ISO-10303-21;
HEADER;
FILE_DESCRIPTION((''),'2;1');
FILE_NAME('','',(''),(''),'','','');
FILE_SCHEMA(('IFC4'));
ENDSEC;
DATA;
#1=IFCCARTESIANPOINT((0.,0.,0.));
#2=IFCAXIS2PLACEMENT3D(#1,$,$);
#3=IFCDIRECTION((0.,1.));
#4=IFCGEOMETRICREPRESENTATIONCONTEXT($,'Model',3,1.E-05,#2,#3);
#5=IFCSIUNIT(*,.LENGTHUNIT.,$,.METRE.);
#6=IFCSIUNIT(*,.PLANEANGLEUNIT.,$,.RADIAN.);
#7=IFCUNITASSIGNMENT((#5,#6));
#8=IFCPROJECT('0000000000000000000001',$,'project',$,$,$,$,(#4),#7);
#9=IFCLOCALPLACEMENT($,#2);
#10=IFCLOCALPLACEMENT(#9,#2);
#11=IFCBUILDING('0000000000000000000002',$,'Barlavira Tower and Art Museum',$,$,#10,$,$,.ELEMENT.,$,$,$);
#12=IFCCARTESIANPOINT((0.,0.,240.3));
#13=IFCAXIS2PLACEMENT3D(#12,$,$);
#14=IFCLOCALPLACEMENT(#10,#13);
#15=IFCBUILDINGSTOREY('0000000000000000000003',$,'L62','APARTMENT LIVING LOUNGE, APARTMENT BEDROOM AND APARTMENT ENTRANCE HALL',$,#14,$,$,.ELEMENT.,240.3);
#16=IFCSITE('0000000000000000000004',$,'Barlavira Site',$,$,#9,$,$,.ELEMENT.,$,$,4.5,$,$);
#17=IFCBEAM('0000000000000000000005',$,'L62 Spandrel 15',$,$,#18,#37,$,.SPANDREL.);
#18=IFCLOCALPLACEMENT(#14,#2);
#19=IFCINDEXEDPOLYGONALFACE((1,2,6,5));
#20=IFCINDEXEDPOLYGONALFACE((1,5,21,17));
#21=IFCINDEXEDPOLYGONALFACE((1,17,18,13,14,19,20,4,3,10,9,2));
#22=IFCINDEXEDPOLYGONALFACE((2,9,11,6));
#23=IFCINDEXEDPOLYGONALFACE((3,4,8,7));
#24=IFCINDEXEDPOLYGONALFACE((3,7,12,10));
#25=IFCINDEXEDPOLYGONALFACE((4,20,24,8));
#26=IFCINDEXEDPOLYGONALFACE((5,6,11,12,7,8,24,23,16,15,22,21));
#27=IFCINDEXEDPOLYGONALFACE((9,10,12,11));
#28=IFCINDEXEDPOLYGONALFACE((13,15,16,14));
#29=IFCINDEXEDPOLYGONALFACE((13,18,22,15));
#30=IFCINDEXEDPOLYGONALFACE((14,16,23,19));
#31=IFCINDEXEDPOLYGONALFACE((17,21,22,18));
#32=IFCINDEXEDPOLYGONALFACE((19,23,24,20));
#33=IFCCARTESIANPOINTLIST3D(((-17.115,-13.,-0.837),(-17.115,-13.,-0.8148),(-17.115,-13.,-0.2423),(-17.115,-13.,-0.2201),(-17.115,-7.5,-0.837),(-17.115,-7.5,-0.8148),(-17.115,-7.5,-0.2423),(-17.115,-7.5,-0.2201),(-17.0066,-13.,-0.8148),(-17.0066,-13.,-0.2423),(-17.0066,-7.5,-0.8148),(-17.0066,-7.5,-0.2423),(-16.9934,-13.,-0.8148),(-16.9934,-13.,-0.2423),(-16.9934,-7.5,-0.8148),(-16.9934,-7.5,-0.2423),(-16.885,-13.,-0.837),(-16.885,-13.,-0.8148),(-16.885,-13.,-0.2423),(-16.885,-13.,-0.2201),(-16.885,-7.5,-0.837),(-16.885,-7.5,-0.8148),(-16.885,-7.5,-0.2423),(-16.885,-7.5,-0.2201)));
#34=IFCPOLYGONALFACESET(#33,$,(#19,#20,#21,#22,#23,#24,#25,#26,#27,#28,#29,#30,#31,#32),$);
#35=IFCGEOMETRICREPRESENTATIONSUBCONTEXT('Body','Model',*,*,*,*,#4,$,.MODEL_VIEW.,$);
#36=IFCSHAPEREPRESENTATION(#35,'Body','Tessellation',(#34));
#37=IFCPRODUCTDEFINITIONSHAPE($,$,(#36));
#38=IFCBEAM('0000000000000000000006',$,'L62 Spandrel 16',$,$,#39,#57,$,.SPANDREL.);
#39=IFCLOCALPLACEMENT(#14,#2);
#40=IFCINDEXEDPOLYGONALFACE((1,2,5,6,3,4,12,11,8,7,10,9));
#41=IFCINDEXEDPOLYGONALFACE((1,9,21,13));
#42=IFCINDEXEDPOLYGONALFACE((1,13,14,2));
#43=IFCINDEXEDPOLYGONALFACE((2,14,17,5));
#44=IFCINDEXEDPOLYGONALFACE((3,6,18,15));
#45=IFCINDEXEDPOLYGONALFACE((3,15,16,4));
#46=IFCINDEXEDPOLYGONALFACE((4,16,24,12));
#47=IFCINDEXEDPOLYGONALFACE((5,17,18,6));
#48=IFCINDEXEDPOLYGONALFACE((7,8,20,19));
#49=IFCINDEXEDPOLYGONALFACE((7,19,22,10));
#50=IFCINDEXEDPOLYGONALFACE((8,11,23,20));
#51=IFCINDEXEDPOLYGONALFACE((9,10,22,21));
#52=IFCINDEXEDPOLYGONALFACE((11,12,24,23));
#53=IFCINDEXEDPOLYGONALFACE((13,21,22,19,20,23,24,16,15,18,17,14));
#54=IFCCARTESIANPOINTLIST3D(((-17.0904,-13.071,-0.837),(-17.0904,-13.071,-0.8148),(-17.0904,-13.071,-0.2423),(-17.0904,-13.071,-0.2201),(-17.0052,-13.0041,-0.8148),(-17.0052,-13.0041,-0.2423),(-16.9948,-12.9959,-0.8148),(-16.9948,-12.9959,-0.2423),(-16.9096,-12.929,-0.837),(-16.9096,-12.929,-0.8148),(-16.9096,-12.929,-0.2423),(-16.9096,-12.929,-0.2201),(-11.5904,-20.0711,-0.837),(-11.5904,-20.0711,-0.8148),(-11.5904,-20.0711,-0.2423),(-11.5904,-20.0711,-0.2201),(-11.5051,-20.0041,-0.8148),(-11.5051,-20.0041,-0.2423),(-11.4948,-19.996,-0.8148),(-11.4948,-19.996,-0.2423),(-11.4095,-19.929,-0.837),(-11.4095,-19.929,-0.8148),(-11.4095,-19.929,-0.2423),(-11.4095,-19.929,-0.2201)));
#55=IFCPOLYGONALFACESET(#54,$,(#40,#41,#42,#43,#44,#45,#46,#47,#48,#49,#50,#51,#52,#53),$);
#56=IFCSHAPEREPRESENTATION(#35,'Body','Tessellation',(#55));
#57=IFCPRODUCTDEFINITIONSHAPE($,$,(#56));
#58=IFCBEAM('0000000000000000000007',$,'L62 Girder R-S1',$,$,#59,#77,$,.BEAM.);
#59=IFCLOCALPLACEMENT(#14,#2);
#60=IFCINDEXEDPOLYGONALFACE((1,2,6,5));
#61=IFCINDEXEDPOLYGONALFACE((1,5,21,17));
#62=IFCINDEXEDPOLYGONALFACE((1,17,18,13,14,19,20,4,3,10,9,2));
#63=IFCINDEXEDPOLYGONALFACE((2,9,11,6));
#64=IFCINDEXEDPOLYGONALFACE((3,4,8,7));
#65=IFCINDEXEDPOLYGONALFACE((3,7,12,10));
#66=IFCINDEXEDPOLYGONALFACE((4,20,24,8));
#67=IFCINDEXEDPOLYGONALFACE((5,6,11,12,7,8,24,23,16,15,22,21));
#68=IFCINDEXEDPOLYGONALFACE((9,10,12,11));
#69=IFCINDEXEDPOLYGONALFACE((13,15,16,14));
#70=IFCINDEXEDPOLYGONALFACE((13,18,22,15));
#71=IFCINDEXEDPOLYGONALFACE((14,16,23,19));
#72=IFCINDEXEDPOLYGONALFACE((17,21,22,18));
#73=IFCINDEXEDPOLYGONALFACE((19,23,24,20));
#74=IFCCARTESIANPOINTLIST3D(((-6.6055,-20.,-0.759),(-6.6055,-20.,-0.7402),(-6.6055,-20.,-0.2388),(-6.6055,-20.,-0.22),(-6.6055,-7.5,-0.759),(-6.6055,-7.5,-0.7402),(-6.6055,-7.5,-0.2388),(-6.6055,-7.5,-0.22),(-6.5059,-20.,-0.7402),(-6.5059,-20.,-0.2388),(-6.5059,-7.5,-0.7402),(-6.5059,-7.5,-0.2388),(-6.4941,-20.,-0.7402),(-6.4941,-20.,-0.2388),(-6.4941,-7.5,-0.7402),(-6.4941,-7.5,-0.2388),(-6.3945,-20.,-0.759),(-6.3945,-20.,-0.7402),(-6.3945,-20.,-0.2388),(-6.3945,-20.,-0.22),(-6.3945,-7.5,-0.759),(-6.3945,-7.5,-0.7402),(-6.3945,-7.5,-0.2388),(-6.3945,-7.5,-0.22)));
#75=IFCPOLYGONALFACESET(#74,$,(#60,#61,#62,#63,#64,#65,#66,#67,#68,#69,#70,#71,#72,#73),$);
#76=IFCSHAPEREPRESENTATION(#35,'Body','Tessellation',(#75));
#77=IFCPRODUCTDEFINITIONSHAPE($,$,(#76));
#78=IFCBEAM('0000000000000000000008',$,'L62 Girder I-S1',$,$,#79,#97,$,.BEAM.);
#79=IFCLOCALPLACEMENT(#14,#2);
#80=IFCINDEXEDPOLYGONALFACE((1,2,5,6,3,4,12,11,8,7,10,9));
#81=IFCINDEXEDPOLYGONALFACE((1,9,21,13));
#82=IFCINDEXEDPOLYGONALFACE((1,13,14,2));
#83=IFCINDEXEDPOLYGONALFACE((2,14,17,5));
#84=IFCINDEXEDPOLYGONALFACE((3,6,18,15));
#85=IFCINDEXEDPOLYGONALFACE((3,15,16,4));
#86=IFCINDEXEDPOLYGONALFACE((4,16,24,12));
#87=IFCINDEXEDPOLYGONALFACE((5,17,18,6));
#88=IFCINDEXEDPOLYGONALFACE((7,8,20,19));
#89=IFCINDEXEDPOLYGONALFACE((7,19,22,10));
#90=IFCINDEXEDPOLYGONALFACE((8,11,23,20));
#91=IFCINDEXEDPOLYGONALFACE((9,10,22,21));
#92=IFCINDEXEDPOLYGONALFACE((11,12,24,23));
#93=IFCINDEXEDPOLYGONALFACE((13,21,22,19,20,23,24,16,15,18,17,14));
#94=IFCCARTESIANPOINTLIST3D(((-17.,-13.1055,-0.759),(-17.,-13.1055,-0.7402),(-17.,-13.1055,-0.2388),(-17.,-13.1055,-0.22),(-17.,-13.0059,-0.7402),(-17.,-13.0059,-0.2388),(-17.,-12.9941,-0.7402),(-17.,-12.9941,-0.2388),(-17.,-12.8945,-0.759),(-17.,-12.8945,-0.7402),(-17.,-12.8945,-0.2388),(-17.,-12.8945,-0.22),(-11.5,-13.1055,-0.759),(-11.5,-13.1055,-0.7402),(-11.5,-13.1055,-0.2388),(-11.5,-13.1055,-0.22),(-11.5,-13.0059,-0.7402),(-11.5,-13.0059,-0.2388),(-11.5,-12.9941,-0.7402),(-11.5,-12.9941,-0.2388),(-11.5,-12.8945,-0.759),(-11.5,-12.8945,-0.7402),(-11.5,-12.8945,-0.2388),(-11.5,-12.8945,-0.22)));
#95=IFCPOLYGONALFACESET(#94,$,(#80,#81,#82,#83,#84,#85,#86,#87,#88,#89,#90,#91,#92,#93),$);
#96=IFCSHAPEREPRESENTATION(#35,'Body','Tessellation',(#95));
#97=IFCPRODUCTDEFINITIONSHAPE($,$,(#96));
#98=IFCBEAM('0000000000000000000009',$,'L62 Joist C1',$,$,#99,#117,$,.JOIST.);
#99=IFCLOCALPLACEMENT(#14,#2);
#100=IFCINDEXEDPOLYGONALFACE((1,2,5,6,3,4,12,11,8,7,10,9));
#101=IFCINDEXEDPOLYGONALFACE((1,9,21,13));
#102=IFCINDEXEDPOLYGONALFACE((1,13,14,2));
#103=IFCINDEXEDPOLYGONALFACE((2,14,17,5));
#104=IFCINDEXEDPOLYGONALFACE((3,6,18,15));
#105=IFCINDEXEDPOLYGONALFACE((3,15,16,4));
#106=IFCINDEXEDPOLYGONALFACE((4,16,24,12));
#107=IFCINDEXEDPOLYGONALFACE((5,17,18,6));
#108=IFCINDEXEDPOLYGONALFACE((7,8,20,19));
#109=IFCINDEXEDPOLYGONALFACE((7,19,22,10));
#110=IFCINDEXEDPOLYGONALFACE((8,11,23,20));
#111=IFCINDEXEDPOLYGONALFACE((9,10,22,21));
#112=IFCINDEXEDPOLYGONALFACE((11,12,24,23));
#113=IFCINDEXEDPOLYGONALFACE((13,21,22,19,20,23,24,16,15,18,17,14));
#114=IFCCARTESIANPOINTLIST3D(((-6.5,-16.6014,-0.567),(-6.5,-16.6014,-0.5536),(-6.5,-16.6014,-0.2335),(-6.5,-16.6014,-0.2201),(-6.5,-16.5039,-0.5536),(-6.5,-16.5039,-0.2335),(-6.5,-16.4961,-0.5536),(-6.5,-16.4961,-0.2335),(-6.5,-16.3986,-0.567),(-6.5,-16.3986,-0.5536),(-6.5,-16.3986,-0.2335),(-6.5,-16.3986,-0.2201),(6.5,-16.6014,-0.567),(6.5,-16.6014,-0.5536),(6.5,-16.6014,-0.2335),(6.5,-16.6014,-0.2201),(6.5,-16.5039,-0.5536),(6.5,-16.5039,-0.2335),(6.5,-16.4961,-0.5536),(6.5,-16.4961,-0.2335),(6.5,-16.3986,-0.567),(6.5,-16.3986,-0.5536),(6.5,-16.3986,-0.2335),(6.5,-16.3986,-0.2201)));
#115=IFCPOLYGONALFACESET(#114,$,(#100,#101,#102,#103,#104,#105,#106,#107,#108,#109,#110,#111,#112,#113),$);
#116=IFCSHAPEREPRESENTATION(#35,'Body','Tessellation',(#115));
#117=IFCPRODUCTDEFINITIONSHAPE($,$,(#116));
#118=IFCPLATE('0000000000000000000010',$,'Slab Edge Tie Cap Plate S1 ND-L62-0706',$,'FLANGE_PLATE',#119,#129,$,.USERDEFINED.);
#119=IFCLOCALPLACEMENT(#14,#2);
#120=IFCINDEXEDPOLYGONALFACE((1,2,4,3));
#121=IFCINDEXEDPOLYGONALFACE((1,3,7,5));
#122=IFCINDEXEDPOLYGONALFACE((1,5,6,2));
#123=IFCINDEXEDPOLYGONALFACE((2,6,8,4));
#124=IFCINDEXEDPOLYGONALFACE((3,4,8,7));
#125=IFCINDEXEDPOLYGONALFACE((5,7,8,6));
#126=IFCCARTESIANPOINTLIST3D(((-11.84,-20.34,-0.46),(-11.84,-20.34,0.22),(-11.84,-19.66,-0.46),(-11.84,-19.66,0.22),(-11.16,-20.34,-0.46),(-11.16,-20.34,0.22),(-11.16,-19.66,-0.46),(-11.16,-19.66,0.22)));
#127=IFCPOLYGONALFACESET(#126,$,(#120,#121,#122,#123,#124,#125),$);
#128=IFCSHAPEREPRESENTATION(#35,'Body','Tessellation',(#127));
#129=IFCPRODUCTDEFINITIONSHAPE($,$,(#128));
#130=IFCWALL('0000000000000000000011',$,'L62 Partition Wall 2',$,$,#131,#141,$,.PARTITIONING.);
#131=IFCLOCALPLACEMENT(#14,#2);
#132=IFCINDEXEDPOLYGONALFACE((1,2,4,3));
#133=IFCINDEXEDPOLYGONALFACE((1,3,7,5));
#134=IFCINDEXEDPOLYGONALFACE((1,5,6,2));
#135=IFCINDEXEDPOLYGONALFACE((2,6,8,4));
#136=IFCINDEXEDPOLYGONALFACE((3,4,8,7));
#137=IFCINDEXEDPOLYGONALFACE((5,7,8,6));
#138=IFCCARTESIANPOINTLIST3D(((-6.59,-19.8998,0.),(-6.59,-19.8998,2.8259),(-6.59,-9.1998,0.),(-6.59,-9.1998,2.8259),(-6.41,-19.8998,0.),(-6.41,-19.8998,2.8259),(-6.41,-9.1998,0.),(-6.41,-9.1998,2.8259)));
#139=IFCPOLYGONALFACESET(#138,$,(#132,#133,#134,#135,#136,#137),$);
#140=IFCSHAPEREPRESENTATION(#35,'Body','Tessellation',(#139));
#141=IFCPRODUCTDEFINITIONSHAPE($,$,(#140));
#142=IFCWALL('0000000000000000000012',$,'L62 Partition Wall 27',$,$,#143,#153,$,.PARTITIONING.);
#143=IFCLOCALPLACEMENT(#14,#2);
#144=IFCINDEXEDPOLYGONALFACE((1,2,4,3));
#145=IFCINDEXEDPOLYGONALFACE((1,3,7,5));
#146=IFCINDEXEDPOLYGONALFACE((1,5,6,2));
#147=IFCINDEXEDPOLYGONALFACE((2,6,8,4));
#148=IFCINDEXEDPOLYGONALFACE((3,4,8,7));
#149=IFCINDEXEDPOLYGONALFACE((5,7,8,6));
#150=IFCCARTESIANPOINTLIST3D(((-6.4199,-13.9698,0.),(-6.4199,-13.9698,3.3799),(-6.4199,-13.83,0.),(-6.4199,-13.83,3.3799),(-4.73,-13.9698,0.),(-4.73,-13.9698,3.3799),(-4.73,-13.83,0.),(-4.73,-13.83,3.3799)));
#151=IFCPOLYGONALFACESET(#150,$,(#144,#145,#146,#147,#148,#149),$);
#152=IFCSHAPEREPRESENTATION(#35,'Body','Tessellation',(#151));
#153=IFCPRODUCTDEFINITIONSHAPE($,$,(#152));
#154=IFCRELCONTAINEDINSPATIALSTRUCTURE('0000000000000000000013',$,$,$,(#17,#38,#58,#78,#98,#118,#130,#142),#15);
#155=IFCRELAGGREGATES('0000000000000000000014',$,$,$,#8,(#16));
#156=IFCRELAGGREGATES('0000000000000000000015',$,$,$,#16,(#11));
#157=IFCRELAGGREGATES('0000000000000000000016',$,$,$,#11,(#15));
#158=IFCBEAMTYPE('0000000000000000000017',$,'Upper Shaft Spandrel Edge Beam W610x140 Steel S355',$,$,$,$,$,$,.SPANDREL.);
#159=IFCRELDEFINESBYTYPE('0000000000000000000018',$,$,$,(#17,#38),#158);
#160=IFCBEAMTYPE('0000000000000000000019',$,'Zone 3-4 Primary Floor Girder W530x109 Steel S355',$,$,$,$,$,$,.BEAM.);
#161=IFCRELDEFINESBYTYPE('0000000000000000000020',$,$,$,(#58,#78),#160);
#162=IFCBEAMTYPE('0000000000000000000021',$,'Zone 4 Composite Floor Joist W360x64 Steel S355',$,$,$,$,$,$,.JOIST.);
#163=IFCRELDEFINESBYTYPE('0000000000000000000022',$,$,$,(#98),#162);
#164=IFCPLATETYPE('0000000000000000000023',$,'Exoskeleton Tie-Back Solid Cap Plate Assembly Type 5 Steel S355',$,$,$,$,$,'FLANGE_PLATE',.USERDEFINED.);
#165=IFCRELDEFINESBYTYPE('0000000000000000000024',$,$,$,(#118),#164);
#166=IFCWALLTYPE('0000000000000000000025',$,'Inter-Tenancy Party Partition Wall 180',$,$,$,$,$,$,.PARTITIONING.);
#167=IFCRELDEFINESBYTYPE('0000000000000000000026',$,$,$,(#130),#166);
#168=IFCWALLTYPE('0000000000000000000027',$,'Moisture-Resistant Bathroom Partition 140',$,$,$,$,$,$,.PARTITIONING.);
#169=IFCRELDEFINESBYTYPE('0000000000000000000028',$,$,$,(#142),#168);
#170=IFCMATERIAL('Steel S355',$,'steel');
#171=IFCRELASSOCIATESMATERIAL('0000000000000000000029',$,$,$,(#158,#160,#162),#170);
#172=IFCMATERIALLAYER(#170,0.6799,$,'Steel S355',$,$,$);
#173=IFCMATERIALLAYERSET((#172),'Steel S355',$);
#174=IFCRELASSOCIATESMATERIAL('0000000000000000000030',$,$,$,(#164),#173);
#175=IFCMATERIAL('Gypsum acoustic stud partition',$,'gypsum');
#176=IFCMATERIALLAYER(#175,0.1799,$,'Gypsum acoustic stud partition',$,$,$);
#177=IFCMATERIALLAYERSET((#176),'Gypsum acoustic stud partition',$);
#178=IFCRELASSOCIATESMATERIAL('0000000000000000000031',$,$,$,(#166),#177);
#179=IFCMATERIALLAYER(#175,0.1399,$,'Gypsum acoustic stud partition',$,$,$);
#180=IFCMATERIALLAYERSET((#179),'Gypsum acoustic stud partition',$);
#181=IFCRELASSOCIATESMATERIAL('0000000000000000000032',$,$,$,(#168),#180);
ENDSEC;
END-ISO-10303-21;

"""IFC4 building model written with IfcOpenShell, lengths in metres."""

from ifc_helpers import new_model, si_unit, direction, frame, frame_2d, origin, origin_2d, place, context, subcontext, project, spatial, rectangle, i_section, extrude, material, layer, layer_set, material_profile, profile_set, type_object, element, save


model = new_model("IFC4")

# Units and contexts
model_context = context("Model", 3, precision=1e-05, world=origin(), true_north=direction((0.0, 1.0)))
body_context = subcontext(model_context, "Body", "Model", "MODEL_VIEW")
ifc_project = project(units=[si_unit("LENGTHUNIT", "METRE"), si_unit("PLANEANGLEUNIT", "RADIAN")], contexts=[model_context])

# Site, building, storey
site_placement = place(None, origin())
site = spatial("IfcSite", under=ifc_project, at=site_placement, Name="Barlavira Site", CompositionType="ELEMENT", RefElevation=4.5)
building_placement = place(site_placement, origin())
building = spatial("IfcBuilding", under=site, at=building_placement, Name="Barlavira Tower and Art Museum", CompositionType="ELEMENT")
storey_placement = place(building_placement, frame((0.0, 0.0, 240.3)))
storey = spatial("IfcBuildingStorey", under=building, at=storey_placement, Name="L62", Description="APARTMENT LIVING LOUNGE, APARTMENT BEDROOM AND APARTMENT ENTRANCE HALL", CompositionType="ELEMENT", Elevation=240.3)

# Shared definitions
ifc_material_1 = material(Name="Steel S355", Category="steel")

# Beams
ifc_material_profile_1 = material_profile(ifc_material_1, i_section(OverallWidth=0.23, OverallDepth=0.6169, WebThickness=0.0132, FlangeThickness=0.0222, at=origin_2d()), Name="W610x140.0")
ifc_profile_set_1 = profile_set([ifc_material_profile_1], Name="Steel S355")
beam_type_1 = type_object("IfcBeamType", Name="Upper Shaft Spandrel Edge Beam W610x140 Steel S355", PredefinedType="SPANDREL", material=ifc_profile_set_1)
beam_1_placement = place(storey_placement, frame((-17.0, -13.0, -0.5286), z_axis=(0.0, 1.0, 0.0), x_axis=(-1.0, 0.0, 0.0)))
element("IfcBeam", 1, at=beam_1_placement, inside=storey, type_object=beam_type_1, Name="L62 Spandrel 15", PredefinedType="SPANDREL", context=body_context, shape_type="SweptSolid", body=[
    extrude(i_section(OverallWidth=0.23, OverallDepth=0.6169, WebThickness=0.0132, FlangeThickness=0.0222, at=origin_2d()), origin(), (0.0, 0.0, 1.0), 5.5),
])
beam_2_placement = place(storey_placement, frame((-17.0, -13.0, -0.5286), z_axis=(0.617822, -0.786318, 0.0), x_axis=(0.786318, 0.617822, 0.0)))
element("IfcBeam", 2, at=beam_2_placement, inside=storey, type_object=beam_type_1, Name="L62 Spandrel 16", PredefinedType="SPANDREL", context=body_context, shape_type="SweptSolid", body=[
    extrude(i_section(OverallWidth=0.23, OverallDepth=0.6169, WebThickness=0.0132, FlangeThickness=0.0222, at=origin_2d()), origin(), (0.0, 0.0, 1.0), 8.9023),
])
ifc_material_profile_2 = material_profile(ifc_material_1, i_section(OverallWidth=0.2109, OverallDepth=0.5391, WebThickness=0.0117, FlangeThickness=0.0188, at=origin_2d()), Name="W530x109.0")
ifc_profile_set_2 = profile_set([ifc_material_profile_2], Name="Steel S355")
beam_type_2 = type_object("IfcBeamType", Name="Zone 3-4 Primary Floor Girder W530x109 Steel S355", PredefinedType="BEAM", material=ifc_profile_set_2)
beam_3_placement = place(storey_placement, frame((-6.5, -20.0, -0.4895), z_axis=(0.0, 1.0, 0.0), x_axis=(-1.0, 0.0, 0.0)))
element("IfcBeam", 3, at=beam_3_placement, inside=storey, type_object=beam_type_2, Name="L62 Girder R-S1", PredefinedType="BEAM", context=body_context, shape_type="SweptSolid", body=[
    extrude(i_section(OverallWidth=0.2109, OverallDepth=0.5391, WebThickness=0.0117, FlangeThickness=0.0188, at=origin_2d()), origin(), (0.0, 0.0, 1.0), 12.5),
])
beam_4_placement = place(storey_placement, frame((-17.0, -13.0, -0.4895), z_axis=(1.0, 0.0, 0.0), x_axis=(0.0, 1.0, 0.0)))
element("IfcBeam", 4, at=beam_4_placement, inside=storey, type_object=beam_type_2, Name="L62 Girder I-S1", PredefinedType="BEAM", context=body_context, shape_type="SweptSolid", body=[
    extrude(i_section(OverallWidth=0.2109, OverallDepth=0.5391, WebThickness=0.0117, FlangeThickness=0.0188, at=origin_2d()), origin(), (0.0, 0.0, 1.0), 5.5),
])
ifc_material_profile_3 = material_profile(ifc_material_1, i_section(OverallWidth=0.2029, OverallDepth=0.3469, WebThickness=0.0078, FlangeThickness=0.0134, at=origin_2d()), Name="W360x64.0")
ifc_profile_set_3 = profile_set([ifc_material_profile_3], Name="Steel S355")
beam_type_3 = type_object("IfcBeamType", Name="Zone 4 Composite Floor Joist W360x64 Steel S355", PredefinedType="JOIST", material=ifc_profile_set_3)
beam_5_placement = place(storey_placement, frame((-6.5, -16.5, -0.3936), z_axis=(1.0, 0.0, 0.0), x_axis=(0.0, 1.0, 0.0)))
element("IfcBeam", 5, at=beam_5_placement, inside=storey, type_object=beam_type_3, Name="L62 Joist C1", PredefinedType="JOIST", context=body_context, shape_type="SweptSolid", body=[
    extrude(i_section(OverallWidth=0.2029, OverallDepth=0.3469, WebThickness=0.0078, FlangeThickness=0.0134, at=origin_2d()), origin(), (0.0, 0.0, 1.0), 13.0),
])

# Plate
ifc_layer_1 = layer(ifc_material_1, 0.6799, Name="Steel S355")
ifc_layer_set_1 = layer_set([ifc_layer_1], Name="Steel S355")
plate_type = type_object("IfcPlateType", Name="Exoskeleton Tie-Back Solid Cap Plate Assembly Type 5 Steel S355", ElementType="FLANGE_PLATE", PredefinedType="USERDEFINED", material=ifc_layer_set_1)
plate_placement = place(storey_placement, frame((-11.5, -20.0, -0.46), z_axis=(0.0, 0.0, 1.0), x_axis=(1.0, 0.0, 0.0)))
element("IfcPlate", 6, at=plate_placement, inside=storey, type_object=plate_type, Name="Slab Edge Tie Cap Plate S1 ND-L62-0706", ObjectType="FLANGE_PLATE", PredefinedType="USERDEFINED", context=body_context, shape_type="SweptSolid", body=[
    extrude(rectangle(XDim=0.6799, YDim=0.6799, at=origin_2d()), origin(), (0.0, 0.0, 1.0), 0.6799),
])

# Walls
ifc_material_2 = material(Name="Gypsum acoustic stud partition", Category="gypsum")
ifc_layer_2 = layer(ifc_material_2, 0.1799, Name="Gypsum acoustic stud partition")
ifc_layer_set_2 = layer_set([ifc_layer_2], Name="Gypsum acoustic stud partition")
wall_type_1 = type_object("IfcWallType", Name="Inter-Tenancy Party Partition Wall 180", PredefinedType="PARTITIONING", material=ifc_layer_set_2)
wall_1_placement = place(storey_placement, frame((-6.5, -19.8999, 0.0), z_axis=(0.0, 0.0, 1.0), x_axis=(0.0, 1.0, 0.0)))
element("IfcWall", 7, at=wall_1_placement, inside=storey, type_object=wall_type_1, Name="L62 Partition Wall 2", PredefinedType="PARTITIONING", context=body_context, shape_type="SweptSolid", body=[
    extrude(rectangle(XDim=10.7, YDim=0.1799, at=frame_2d((5.3501, 0.0))), origin(), (0.0, 0.0, 1.0), 2.8259),
])
ifc_layer_3 = layer(ifc_material_2, 0.1399, Name="Gypsum acoustic stud partition")
ifc_layer_set_3 = layer_set([ifc_layer_3], Name="Gypsum acoustic stud partition")
wall_type_2 = type_object("IfcWallType", Name="Moisture-Resistant Bathroom Partition 140", PredefinedType="PARTITIONING", material=ifc_layer_set_3)
wall_2_placement = place(storey_placement, frame((-6.4199, -13.8999, 0.0), z_axis=(0.0, 0.0, 1.0), x_axis=(1.0, 0.0, 0.0)))
element("IfcWall", 8, at=wall_2_placement, inside=storey, type_object=wall_type_2, Name="L62 Partition Wall 27", PredefinedType="PARTITIONING", context=body_context, shape_type="SweptSolid", body=[
    extrude(rectangle(XDim=1.6899, YDim=0.1399, at=frame_2d((0.845, 0.0))), origin(), (0.0, 0.0, 1.0), 3.3799),
])

save(model, "model.ifc")
